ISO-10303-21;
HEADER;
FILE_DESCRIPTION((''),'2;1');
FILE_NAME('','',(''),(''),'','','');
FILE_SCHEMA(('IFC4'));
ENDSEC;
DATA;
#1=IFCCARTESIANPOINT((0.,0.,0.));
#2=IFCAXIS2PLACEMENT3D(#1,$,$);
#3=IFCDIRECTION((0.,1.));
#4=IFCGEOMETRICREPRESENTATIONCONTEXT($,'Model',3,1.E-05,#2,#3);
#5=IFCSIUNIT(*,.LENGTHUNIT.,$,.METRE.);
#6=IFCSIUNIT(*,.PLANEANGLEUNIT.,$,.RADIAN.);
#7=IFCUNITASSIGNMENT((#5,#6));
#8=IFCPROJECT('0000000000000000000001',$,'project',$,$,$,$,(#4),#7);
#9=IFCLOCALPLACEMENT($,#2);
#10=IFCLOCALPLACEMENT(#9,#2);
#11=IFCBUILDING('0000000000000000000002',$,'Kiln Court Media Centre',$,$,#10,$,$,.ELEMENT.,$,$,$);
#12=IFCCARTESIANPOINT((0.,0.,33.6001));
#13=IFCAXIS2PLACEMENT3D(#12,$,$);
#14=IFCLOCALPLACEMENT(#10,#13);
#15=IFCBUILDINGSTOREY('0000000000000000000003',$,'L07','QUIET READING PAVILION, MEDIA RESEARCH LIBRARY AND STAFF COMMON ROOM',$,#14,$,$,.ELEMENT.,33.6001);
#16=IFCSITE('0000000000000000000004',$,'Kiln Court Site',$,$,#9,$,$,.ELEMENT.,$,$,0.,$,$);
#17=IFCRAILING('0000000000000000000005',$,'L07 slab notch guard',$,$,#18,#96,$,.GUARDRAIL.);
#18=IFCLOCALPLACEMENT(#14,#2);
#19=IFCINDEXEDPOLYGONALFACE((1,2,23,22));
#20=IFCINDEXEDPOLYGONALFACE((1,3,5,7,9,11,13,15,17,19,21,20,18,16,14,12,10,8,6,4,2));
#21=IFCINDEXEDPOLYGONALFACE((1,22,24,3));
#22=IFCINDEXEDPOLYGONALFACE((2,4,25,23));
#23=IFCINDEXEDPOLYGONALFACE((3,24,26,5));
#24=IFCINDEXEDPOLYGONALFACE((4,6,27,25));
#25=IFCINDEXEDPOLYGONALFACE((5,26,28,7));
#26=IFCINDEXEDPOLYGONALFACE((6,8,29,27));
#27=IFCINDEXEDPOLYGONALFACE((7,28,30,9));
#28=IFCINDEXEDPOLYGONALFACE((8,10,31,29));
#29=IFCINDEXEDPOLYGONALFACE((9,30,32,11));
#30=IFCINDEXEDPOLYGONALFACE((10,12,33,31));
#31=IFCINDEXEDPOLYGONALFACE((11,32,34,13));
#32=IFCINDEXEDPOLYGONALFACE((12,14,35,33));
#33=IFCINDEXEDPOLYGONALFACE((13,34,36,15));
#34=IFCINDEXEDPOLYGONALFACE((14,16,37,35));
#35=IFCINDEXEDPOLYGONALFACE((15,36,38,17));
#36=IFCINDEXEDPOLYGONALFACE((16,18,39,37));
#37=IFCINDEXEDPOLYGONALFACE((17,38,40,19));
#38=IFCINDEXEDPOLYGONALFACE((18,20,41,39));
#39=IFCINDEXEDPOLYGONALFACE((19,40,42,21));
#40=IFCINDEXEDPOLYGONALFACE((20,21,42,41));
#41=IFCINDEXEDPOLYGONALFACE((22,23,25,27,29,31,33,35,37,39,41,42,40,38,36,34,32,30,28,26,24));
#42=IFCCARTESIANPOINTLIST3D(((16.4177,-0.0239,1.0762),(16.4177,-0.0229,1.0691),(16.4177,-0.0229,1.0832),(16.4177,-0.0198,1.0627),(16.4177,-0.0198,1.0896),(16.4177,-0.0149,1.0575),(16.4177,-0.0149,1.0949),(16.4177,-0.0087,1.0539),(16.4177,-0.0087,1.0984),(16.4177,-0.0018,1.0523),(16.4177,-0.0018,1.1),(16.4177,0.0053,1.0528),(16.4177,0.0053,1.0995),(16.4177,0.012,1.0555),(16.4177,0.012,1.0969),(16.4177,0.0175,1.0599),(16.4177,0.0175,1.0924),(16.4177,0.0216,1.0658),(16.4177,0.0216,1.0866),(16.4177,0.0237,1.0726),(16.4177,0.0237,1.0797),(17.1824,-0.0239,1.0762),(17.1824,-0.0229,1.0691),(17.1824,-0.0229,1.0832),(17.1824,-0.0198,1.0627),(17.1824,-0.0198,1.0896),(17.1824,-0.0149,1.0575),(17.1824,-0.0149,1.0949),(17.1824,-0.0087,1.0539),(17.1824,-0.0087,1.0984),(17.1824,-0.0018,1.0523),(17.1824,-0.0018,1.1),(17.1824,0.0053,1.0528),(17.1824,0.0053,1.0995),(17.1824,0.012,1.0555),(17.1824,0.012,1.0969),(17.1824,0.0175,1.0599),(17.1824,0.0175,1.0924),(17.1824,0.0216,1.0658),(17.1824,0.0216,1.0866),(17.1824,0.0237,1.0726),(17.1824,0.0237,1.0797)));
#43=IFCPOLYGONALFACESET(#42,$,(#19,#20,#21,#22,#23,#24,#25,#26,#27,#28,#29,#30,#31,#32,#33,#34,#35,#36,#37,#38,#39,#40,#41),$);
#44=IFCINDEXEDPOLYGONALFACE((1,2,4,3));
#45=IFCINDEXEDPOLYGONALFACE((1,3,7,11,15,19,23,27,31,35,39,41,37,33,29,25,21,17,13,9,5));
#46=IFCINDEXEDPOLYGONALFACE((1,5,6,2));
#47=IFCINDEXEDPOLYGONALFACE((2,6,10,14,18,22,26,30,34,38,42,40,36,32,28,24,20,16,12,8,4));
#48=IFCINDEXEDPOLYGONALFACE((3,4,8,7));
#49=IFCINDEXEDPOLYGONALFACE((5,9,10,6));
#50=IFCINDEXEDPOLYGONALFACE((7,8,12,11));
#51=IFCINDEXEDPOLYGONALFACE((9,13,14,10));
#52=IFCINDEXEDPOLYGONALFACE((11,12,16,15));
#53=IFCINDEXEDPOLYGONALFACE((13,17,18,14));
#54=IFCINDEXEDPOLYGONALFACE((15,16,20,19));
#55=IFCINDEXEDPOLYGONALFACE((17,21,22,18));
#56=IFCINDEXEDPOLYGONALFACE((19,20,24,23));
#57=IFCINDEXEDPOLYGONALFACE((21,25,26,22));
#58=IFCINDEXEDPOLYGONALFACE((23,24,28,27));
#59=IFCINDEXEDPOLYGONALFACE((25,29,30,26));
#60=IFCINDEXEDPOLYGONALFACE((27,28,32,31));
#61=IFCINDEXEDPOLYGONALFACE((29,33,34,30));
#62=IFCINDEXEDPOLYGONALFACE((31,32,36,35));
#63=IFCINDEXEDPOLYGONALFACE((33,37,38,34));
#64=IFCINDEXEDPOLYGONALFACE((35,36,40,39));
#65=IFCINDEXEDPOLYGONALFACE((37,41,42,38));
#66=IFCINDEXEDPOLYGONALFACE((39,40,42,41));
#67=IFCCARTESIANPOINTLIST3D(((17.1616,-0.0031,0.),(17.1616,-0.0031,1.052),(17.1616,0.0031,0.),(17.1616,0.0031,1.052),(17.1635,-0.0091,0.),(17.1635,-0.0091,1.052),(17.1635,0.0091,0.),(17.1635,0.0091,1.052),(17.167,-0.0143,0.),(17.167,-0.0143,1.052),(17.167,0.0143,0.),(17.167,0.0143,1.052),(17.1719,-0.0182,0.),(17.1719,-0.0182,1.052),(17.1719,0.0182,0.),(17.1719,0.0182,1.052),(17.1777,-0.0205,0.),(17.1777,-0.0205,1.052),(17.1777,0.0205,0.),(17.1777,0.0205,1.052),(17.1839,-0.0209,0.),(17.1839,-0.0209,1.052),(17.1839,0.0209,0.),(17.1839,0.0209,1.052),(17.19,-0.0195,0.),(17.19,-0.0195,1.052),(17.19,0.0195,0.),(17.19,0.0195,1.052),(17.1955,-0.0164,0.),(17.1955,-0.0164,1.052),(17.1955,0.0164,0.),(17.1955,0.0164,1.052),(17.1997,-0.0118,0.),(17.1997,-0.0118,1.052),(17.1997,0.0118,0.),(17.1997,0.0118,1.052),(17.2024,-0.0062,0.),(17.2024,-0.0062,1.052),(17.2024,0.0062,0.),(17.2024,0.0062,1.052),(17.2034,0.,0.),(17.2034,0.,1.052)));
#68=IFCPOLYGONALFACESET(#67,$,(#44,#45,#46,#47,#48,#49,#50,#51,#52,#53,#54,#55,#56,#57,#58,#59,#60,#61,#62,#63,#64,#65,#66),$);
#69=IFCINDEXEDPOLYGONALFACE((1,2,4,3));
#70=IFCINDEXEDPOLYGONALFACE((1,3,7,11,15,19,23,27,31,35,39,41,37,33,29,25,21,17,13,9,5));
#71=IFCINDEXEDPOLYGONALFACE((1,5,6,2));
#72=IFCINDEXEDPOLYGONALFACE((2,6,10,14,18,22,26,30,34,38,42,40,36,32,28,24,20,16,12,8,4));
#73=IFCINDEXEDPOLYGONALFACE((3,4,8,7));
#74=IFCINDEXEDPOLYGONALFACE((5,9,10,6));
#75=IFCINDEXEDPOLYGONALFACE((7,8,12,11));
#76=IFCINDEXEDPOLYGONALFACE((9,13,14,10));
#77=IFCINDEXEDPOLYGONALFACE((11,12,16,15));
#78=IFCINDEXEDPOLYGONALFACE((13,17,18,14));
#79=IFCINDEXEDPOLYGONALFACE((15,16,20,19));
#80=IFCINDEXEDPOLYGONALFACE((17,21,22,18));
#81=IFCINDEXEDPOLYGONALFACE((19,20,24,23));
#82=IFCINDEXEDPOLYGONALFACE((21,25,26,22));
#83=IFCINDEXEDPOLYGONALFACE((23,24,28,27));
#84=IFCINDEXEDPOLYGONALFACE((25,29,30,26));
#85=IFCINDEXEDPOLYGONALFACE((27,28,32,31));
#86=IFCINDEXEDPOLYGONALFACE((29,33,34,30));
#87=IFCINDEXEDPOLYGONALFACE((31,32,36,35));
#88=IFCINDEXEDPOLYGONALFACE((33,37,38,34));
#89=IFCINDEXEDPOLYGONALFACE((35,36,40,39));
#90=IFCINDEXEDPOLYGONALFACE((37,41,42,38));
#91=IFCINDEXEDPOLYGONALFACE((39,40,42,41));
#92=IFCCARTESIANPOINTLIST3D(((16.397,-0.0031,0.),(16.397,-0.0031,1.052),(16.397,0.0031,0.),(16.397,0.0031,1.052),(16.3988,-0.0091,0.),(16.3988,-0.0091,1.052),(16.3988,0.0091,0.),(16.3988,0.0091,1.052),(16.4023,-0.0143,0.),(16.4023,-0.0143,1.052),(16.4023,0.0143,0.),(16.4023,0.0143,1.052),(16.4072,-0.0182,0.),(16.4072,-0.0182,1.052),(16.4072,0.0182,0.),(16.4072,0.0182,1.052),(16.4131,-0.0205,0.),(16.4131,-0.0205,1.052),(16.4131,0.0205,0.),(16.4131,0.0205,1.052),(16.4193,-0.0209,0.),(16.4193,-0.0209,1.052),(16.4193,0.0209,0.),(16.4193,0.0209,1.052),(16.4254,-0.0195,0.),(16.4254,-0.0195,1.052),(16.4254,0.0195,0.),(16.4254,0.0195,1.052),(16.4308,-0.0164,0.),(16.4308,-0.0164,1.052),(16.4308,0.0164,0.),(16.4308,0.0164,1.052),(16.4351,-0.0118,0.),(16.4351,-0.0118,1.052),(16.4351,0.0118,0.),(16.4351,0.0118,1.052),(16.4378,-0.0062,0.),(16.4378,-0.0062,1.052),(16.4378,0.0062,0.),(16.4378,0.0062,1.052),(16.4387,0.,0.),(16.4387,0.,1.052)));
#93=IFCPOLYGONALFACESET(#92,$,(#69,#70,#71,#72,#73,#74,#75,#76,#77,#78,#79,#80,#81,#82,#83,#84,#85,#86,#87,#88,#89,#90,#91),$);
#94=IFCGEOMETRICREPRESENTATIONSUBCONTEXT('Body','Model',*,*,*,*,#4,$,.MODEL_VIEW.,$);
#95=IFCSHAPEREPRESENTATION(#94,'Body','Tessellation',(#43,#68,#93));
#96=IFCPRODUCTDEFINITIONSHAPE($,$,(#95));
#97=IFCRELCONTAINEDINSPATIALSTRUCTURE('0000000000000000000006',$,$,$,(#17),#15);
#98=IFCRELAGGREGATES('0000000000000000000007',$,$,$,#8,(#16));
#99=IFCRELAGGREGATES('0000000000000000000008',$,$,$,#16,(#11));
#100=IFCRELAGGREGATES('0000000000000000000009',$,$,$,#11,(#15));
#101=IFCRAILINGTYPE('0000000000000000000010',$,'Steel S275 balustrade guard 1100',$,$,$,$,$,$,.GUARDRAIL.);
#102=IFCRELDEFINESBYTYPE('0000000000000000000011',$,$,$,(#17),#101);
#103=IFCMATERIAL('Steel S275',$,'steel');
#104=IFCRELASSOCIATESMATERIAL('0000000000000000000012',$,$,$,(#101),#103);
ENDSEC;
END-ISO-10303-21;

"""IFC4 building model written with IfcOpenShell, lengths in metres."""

from ifc_helpers import new_model, si_unit, direction, frame, origin, origin_2d, place, context, subcontext, project, spatial, circle, extrude, material, type_object, element, save


model = new_model("IFC4")

# Units and contexts
model_context = context("Model", 3, precision=1e-05, world=origin(), true_north=direction((0.0, 1.0)))
body_context = subcontext(model_context, "Body", "Model", "MODEL_VIEW")
ifc_project = project(units=[si_unit("LENGTHUNIT", "METRE"), si_unit("PLANEANGLEUNIT", "RADIAN")], contexts=[model_context])

# Site, building, storey
site_placement = place(None, origin())
site = spatial("IfcSite", under=ifc_project, at=site_placement, Name="Kiln Court Site", CompositionType="ELEMENT", RefElevation=0.0)
building_placement = place(site_placement, origin())
building = spatial("IfcBuilding", under=site, at=building_placement, Name="Kiln Court Media Centre", CompositionType="ELEMENT")
storey_placement = place(building_placement, frame((0.0, 0.0, 33.6001)))
storey = spatial("IfcBuildingStorey", under=building, at=storey_placement, Name="L07", Description="QUIET READING PAVILION, MEDIA RESEARCH LIBRARY AND STAFF COMMON ROOM", CompositionType="ELEMENT", Elevation=33.6001)

# Railing
ifc_material_1 = material(Name="Steel S275", Category="steel")
railing_type = type_object("IfcRailingType", Name="Steel S275 balustrade guard 1100", PredefinedType="GUARDRAIL", material=ifc_material_1)
for number, where, name in (
    (1, (17.1824, 0.0, 0.0), "L07 slab notch guard"),
):
    element("IfcRailing", number, at=place(storey_placement, frame(where)), inside=storey, type_object=railing_type, Name=name, PredefinedType="GUARDRAIL", context=body_context, shape_type="SweptSolid", body=[
        extrude(circle(Radius=0.0239, at=origin_2d()), frame((0.0, 0.0, 1.0762), z_axis=(-1.0, 0.0, 0.0), x_axis=(0.0, -1.0, 0.0)), (0.0, 0.0, 1.0), 0.7646),
        extrude(circle(Radius=0.021, at=origin_2d()), origin(), (0.0, 0.0, 1.0), 1.052),
        extrude(circle(Radius=0.021, at=origin_2d()), frame((-0.7646, 0.0, 0.0)), (0.0, 0.0, 1.0), 1.052),
    ])

save(model, "model.ifc")
